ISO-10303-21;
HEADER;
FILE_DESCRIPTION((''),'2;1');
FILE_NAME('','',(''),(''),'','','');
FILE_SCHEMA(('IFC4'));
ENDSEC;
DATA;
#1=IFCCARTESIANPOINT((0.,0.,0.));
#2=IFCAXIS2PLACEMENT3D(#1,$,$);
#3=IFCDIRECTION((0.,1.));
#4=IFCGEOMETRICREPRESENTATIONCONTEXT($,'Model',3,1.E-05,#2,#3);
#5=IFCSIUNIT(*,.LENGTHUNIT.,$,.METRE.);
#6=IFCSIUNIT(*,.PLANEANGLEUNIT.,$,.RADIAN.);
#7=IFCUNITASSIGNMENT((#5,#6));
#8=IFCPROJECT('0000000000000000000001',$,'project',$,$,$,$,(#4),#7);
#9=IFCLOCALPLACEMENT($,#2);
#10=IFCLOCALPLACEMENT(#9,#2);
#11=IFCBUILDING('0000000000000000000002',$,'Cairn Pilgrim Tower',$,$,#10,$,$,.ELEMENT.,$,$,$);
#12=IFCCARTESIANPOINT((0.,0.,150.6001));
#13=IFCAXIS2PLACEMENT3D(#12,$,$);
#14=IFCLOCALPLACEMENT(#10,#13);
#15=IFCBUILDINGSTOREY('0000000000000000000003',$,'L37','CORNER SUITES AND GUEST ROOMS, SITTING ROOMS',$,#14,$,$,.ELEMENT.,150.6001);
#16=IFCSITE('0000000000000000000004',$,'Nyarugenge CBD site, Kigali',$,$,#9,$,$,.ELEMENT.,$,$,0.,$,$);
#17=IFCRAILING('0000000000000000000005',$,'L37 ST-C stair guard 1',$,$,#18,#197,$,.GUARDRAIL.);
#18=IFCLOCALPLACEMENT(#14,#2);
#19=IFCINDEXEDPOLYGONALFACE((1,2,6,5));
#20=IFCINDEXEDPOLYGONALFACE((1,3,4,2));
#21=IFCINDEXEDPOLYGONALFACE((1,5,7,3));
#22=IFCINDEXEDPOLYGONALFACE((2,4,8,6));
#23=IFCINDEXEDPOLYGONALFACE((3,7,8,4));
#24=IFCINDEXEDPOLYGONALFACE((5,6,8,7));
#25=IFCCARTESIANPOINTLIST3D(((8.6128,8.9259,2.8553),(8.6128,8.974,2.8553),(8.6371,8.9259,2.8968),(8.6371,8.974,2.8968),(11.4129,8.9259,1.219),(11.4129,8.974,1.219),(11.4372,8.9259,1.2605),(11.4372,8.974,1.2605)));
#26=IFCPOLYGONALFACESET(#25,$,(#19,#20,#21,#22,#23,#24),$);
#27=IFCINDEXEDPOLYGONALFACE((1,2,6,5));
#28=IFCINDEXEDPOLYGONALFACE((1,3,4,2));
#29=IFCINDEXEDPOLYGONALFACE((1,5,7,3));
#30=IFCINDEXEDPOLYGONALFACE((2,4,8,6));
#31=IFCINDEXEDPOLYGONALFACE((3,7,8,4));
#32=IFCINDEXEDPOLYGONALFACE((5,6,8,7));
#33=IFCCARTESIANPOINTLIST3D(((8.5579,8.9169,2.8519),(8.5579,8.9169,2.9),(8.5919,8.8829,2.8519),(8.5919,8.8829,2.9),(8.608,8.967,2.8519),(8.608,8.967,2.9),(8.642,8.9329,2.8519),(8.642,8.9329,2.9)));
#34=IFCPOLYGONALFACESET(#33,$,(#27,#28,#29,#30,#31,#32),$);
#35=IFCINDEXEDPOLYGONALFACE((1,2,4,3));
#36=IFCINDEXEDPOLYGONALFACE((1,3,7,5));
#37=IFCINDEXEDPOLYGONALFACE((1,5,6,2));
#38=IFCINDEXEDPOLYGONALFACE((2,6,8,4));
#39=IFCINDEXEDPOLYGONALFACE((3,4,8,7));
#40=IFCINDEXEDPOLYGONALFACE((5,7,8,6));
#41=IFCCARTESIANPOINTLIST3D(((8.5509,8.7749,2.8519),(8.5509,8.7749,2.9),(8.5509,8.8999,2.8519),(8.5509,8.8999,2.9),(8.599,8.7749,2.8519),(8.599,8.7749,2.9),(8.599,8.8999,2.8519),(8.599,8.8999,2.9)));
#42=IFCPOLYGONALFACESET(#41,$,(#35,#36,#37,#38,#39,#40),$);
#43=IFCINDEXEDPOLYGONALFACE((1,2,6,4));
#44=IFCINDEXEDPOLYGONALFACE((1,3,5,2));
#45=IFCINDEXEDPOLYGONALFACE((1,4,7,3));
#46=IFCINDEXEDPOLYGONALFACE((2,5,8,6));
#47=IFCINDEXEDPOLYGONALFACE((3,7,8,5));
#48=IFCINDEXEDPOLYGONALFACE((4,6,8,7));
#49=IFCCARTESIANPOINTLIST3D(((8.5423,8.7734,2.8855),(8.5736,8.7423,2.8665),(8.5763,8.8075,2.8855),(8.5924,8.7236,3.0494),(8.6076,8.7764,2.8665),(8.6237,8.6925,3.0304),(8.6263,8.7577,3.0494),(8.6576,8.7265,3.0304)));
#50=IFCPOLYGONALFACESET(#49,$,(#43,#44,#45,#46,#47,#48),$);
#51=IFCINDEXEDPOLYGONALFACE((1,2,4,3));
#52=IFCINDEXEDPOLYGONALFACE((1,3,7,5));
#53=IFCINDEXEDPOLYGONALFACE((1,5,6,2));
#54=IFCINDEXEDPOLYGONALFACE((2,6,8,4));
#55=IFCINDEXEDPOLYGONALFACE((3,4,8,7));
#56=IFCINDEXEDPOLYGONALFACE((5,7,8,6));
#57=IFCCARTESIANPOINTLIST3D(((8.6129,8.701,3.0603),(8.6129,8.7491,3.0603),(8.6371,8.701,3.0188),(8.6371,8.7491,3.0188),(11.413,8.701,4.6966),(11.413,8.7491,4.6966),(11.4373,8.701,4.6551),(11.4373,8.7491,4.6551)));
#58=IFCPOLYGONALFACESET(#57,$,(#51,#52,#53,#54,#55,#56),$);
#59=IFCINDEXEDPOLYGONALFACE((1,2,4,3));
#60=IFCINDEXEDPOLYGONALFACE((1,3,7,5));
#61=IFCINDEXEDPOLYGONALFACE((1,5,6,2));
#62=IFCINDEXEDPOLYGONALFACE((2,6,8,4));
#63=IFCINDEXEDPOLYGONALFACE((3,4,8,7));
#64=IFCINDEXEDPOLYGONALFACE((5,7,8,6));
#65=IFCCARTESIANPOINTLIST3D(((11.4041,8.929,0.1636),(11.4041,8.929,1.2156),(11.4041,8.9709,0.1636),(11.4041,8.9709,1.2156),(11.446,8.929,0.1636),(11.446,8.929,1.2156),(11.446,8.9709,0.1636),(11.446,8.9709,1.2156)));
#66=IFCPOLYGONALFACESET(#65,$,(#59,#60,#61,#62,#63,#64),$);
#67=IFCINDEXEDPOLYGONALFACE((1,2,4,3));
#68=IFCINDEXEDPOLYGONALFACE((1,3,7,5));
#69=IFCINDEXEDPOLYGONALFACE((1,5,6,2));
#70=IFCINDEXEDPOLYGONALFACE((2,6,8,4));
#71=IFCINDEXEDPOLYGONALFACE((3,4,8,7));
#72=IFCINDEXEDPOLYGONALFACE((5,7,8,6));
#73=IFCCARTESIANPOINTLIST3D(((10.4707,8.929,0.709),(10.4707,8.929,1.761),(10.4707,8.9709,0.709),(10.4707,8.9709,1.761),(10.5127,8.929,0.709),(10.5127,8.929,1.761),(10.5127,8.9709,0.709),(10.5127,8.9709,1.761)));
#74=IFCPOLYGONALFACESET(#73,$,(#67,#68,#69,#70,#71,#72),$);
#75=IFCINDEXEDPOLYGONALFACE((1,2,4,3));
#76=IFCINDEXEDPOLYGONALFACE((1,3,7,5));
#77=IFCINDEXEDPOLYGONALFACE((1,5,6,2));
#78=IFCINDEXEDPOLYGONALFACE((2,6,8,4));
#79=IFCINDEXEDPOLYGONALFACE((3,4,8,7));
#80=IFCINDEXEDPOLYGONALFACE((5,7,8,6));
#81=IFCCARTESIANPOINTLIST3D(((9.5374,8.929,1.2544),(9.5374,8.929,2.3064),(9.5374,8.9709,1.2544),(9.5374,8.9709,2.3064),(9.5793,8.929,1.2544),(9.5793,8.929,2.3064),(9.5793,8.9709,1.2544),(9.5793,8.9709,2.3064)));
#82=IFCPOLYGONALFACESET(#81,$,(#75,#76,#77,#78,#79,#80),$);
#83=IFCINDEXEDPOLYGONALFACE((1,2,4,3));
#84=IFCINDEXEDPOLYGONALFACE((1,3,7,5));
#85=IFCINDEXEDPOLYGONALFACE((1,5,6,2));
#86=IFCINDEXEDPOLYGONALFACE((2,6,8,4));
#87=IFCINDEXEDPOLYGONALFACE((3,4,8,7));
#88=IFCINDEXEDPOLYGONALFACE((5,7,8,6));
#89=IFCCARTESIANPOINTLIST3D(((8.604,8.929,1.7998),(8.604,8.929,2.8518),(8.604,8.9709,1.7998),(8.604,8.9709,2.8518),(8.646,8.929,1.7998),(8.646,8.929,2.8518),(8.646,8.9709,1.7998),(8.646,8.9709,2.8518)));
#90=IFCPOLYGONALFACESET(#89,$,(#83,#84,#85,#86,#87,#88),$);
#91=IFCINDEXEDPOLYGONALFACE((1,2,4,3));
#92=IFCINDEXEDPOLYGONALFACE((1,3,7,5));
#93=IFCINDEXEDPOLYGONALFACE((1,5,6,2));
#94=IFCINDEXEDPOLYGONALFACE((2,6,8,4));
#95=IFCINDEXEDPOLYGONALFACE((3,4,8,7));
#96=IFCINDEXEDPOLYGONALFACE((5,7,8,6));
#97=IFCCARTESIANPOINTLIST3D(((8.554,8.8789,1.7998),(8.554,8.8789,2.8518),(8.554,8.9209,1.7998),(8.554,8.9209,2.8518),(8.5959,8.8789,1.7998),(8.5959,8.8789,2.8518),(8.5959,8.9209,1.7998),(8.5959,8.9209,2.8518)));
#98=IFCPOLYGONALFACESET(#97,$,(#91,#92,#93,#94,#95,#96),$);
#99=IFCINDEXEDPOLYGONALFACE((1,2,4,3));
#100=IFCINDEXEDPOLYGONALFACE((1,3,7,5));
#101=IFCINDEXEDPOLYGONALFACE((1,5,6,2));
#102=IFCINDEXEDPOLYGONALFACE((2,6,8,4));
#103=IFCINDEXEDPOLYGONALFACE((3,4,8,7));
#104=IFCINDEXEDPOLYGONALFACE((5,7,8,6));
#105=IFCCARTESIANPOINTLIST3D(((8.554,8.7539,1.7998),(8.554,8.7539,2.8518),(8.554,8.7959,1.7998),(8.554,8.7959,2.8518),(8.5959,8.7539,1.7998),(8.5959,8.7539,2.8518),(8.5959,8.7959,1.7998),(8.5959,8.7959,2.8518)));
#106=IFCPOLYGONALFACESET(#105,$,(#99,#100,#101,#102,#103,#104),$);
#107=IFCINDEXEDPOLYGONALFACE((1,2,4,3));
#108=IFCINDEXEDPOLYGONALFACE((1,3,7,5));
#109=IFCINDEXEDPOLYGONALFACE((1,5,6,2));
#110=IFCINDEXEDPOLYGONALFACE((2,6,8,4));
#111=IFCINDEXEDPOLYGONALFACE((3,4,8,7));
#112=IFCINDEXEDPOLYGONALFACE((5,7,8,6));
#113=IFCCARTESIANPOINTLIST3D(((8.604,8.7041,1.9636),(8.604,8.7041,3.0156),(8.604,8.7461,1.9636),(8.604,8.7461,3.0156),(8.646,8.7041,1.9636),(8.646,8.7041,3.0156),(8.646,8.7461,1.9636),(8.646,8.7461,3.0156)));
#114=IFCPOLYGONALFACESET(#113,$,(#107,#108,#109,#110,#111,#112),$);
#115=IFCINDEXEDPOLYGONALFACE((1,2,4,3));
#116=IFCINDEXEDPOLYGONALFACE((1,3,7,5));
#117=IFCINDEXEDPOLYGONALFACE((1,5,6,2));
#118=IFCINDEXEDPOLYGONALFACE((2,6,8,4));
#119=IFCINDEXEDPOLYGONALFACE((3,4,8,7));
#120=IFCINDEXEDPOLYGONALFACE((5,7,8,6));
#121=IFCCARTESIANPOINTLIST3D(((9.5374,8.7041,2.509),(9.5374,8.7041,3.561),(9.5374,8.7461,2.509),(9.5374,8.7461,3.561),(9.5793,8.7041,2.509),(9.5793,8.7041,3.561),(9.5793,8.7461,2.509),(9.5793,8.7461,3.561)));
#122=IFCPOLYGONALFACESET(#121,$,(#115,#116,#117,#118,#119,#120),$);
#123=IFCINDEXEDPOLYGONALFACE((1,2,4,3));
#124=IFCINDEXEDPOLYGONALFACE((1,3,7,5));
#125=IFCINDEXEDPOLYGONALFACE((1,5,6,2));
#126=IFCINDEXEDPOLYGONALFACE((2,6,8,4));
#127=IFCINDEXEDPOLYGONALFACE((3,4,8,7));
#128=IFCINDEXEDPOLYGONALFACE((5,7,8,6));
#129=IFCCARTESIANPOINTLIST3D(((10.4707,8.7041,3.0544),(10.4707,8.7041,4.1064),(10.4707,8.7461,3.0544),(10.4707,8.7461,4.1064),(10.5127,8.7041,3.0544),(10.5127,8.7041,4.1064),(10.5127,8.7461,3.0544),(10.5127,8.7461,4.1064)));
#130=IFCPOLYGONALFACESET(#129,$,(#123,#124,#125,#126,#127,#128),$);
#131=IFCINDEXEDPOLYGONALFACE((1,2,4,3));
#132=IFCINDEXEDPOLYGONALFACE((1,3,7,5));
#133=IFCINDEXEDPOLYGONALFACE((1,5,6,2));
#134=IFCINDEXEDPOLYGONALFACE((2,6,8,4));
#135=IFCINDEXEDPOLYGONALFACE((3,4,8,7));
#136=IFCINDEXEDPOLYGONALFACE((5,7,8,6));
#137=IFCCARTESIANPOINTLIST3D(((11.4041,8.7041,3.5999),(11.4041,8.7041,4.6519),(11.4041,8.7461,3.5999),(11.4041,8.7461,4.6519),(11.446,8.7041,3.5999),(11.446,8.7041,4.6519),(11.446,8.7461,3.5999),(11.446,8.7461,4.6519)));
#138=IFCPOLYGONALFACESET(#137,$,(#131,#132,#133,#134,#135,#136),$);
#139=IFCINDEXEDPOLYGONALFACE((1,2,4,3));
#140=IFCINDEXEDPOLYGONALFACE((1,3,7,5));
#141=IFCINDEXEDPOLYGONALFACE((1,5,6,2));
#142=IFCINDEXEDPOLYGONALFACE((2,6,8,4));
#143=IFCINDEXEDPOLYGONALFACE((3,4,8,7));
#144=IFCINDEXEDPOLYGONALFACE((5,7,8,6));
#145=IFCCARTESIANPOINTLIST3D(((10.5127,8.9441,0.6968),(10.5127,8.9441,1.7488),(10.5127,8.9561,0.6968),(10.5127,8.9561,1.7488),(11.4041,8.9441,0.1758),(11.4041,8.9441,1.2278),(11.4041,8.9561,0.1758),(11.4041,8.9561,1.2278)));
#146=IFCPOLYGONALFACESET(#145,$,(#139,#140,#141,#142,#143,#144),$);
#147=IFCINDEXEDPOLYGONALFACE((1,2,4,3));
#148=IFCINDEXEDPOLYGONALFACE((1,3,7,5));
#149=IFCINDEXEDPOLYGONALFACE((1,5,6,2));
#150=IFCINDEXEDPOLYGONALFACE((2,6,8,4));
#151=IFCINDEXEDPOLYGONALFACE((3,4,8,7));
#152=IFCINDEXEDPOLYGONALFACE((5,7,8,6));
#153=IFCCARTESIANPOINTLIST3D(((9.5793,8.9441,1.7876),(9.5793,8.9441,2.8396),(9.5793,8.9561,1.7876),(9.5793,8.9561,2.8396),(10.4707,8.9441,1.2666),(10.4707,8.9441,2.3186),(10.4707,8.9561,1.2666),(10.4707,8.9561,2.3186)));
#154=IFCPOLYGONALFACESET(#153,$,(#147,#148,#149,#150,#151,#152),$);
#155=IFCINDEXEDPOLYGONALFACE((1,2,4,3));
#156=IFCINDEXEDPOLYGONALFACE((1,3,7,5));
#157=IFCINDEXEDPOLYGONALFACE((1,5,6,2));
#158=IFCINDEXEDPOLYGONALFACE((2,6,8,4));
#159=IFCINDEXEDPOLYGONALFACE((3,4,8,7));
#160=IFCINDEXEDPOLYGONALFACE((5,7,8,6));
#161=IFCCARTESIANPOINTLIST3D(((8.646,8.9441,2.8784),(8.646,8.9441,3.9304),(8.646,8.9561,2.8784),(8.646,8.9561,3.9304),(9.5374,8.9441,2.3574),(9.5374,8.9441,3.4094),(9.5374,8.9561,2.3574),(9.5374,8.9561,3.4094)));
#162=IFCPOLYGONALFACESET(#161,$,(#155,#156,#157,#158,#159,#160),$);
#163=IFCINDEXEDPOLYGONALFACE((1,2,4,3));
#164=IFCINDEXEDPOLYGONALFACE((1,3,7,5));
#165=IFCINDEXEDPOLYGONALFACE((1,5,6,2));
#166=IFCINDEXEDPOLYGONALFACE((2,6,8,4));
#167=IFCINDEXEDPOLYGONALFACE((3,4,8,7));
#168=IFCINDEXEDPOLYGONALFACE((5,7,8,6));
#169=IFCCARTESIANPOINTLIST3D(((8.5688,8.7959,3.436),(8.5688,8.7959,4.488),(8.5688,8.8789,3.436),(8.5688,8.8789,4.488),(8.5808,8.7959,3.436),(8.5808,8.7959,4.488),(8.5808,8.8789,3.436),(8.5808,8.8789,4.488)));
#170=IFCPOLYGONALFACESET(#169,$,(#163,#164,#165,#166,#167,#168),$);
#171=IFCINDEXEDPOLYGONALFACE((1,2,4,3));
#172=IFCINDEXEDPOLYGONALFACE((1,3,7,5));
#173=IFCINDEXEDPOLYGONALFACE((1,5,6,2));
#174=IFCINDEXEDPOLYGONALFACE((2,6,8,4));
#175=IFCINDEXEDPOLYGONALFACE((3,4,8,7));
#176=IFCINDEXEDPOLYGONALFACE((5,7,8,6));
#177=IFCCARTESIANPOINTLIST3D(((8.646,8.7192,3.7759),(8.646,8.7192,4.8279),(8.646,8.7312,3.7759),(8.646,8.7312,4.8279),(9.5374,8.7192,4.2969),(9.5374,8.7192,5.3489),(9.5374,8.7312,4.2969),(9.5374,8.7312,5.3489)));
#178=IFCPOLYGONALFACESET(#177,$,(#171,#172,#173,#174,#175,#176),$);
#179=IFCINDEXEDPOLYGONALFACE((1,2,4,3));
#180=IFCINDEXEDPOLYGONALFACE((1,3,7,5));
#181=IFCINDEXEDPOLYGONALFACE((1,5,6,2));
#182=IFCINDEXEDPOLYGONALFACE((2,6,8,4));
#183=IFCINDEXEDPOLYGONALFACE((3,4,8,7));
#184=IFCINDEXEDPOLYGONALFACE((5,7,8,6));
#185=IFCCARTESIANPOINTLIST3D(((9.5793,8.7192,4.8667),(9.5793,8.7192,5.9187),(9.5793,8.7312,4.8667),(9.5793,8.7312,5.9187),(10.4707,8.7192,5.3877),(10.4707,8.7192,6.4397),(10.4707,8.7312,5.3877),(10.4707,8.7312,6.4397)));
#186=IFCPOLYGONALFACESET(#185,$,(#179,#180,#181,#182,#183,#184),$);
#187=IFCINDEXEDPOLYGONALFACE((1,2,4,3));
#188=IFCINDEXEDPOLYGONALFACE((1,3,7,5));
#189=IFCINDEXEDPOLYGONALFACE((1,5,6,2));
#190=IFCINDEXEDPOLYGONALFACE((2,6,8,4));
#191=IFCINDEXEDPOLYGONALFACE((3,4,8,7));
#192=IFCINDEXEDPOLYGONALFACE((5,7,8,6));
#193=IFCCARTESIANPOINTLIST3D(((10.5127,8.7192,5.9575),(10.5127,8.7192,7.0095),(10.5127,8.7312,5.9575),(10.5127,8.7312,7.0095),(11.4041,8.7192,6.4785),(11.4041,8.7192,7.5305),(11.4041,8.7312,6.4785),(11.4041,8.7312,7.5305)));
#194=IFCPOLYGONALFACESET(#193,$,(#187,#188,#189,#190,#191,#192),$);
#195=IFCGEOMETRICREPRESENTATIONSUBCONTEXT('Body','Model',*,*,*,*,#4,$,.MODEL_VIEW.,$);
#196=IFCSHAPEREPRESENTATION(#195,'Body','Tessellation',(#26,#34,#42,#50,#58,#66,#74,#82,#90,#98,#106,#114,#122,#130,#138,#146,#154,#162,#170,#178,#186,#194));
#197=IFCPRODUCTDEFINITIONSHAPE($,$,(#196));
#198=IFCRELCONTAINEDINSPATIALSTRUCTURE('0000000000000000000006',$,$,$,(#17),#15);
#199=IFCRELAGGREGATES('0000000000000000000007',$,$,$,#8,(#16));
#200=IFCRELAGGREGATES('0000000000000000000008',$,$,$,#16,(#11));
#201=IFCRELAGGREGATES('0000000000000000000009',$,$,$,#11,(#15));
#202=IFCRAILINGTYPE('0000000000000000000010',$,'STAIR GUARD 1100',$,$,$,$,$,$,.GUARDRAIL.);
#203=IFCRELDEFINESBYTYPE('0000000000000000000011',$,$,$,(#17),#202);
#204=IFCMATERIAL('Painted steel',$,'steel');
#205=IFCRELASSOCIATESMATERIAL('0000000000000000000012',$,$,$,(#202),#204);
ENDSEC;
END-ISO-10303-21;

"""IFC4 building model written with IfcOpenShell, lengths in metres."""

from ifc_helpers import new_model, si_unit, direction, frame, origin, origin_2d, place, context, subcontext, project, spatial, polyline, rectangle, outline, extrude, material, type_object, element, save


model = new_model("IFC4")

# Units and contexts
model_context = context("Model", 3, precision=1e-05, world=origin(), true_north=direction((0.0, 1.0)))
body_context = subcontext(model_context, "Body", "Model", "MODEL_VIEW")
ifc_project = project(units=[si_unit("LENGTHUNIT", "METRE"), si_unit("PLANEANGLEUNIT", "RADIAN")], contexts=[model_context])

# Site, building, storey
site_placement = place(None, origin())
site = spatial("IfcSite", under=ifc_project, at=site_placement, Name="Nyarugenge CBD site, Kigali", CompositionType="ELEMENT", RefElevation=0.0)
building_placement = place(site_placement, origin())
building = spatial("IfcBuilding", under=site, at=building_placement, Name="Cairn Pilgrim Tower", CompositionType="ELEMENT")
storey_placement = place(building_placement, frame((0.0, 0.0, 150.6001)))
storey = spatial("IfcBuildingStorey", under=building, at=storey_placement, Name="L37", Description="CORNER SUITES AND GUEST ROOMS, SITTING ROOMS", CompositionType="ELEMENT", Elevation=150.6001)

# Shared definitions
ifc_material_1 = material(Name="Painted steel", Category="steel")

# Railing
railing_type_1 = type_object("IfcRailingType", Name="STAIR GUARD 1100", PredefinedType="GUARDRAIL", material=ifc_material_1)
railing_1_placement = place(storey_placement, frame((11.425, 8.95, 0.1636)))
element("IfcRailing", 1, at=railing_1_placement, inside=storey, type_object=railing_type_1, Name="L37 ST-C stair guard 1", PredefinedType="GUARDRAIL", context=body_context, shape_type="SweptSolid", body=[
    extrude(rectangle(XDim=0.0481, YDim=0.0481, at=origin_2d()), frame((0.0, 0.0, 1.0762), z_axis=(-0.863394, 0.0, 0.504531), x_axis=(0.0, -1.0, 0.0)), (0.0, 0.0, 1.0), 3.2432),
    extrude(rectangle(XDim=0.0481, YDim=0.0481, at=origin_2d()), frame((-2.8, 0.0, 2.7124), z_axis=(-0.707107, -0.707107, 0.0), x_axis=(0.707107, -0.707107, 0.0)), (0.0, 0.0, 1.0), 0.0708),
    extrude(rectangle(XDim=0.0481, YDim=0.0481, at=origin_2d()), frame((-2.8501, -0.05, 2.7124), z_axis=(0.0, -1.0, 0.0), x_axis=(1.0, 0.0, 0.0)), (0.0, 0.0, 1.0), 0.125),
    extrude(rectangle(XDim=0.0481, YDim=0.0481, at=origin_2d()), frame((-2.8501, -0.175, 2.7124), z_axis=(0.280564, -0.279195, 0.918332), x_axis=(0.705376, 0.708834, 0.0)), (0.0, 0.0, 1.0), 0.1785),
    extrude(rectangle(XDim=0.0481, YDim=0.0481, at=origin_2d()), frame((-2.8, -0.2249, 2.876), z_axis=(0.863394, 0.0, 0.504531), x_axis=(0.0, 1.0, 0.0)), (0.0, 0.0, 1.0), 3.2432),
    extrude(rectangle(XDim=0.042, YDim=0.042, at=origin_2d()), origin(), (0.0, 0.0, 1.0), 1.052),
    extrude(rectangle(XDim=0.042, YDim=0.042, at=origin_2d()), frame((-0.9333, 0.0, 0.5454)), (0.0, 0.0, 1.0), 1.052),
    extrude(rectangle(XDim=0.042, YDim=0.042, at=origin_2d()), frame((-1.8667, 0.0, 1.0908)), (0.0, 0.0, 1.0), 1.052),
    extrude(rectangle(XDim=0.042, YDim=0.042, at=origin_2d()), frame((-2.8, 0.0, 1.6362)), (0.0, 0.0, 1.0), 1.052),
    extrude(rectangle(XDim=0.042, YDim=0.042, at=origin_2d()), frame((-2.8501, -0.05, 1.6362)), (0.0, 0.0, 1.0), 1.052),
    extrude(rectangle(XDim=0.042, YDim=0.042, at=origin_2d()), frame((-2.8501, -0.175, 1.6362)), (0.0, 0.0, 1.0), 1.052),
    extrude(rectangle(XDim=0.042, YDim=0.042, at=origin_2d()), frame((-2.8, -0.2249, 1.8)), (0.0, 0.0, 1.0), 1.052),
    extrude(rectangle(XDim=0.042, YDim=0.042, at=origin_2d()), frame((-1.8667, -0.2249, 2.3455)), (0.0, 0.0, 1.0), 1.052),
    extrude(rectangle(XDim=0.042, YDim=0.042, at=origin_2d()), frame((-0.9333, -0.2249, 2.8909)), (0.0, 0.0, 1.0), 1.052),
    extrude(rectangle(XDim=0.042, YDim=0.042, at=origin_2d()), frame((0.0, -0.2249, 3.4363)), (0.0, 0.0, 1.0), 1.052),
    extrude(outline(polyline([(0.021, 0.0122), (0.9124, 0.5332), (0.9124, 1.5852), (0.021, 1.0642), (0.021, 0.0122)])), frame((0.0, -0.0059, 0.0), z_axis=(0.0, 1.0, 0.0), x_axis=(-1.0, 0.0, 0.0)), (0.0, 0.0, 1.0), 0.012),
    extrude(outline(polyline([(0.021, 0.5576), (0.9124, 1.0786), (0.9124, 2.1306), (0.021, 1.6096), (0.021, 0.5576)])), frame((-0.9333, -0.0059, 0.5454), z_axis=(0.0, 1.0, 0.0), x_axis=(-1.0, 0.0, 0.0)), (0.0, 0.0, 1.0), 0.012),
    extrude(outline(polyline([(0.021, 1.103), (0.9124, 1.624), (0.9124, 2.676), (0.021, 2.155), (0.021, 1.103)])), frame((-1.8667, -0.0059, 1.0908), z_axis=(0.0, 1.0, 0.0), x_axis=(-1.0, 0.0, 0.0)), (0.0, 0.0, 1.0), 0.012),
    extrude(outline(polyline([(0.021, 1.6362), (0.104, 1.6362), (0.104, 2.6882), (0.021, 2.6882), (0.021, 1.6362)])), frame((-2.8442, -0.05, 1.6362), z_axis=(-1.0, 0.0, 0.0), x_axis=(0.0, -1.0, 0.0)), (0.0, 0.0, 1.0), 0.012),
    extrude(outline(polyline([(0.021, 1.8123), (0.9124, 2.3333), (0.9124, 3.3853), (0.021, 2.8643), (0.021, 1.8123)])), frame((-2.8, -0.2188, 1.8), z_axis=(0.0, -1.0, 0.0), x_axis=(1.0, 0.0, 0.0)), (0.0, 0.0, 1.0), 0.012),
    extrude(outline(polyline([(0.021, 2.3577), (0.9124, 2.8787), (0.9124, 3.9307), (0.021, 3.4097), (0.021, 2.3577)])), frame((-1.8667, -0.2188, 2.3455), z_axis=(0.0, -1.0, 0.0), x_axis=(1.0, 0.0, 0.0)), (0.0, 0.0, 1.0), 0.012),
    extrude(outline(polyline([(0.021, 2.9031), (0.9124, 3.4241), (0.9124, 4.4761), (0.021, 3.9551), (0.021, 2.9031)])), frame((-0.9333, -0.2188, 2.8909), z_axis=(0.0, -1.0, 0.0), x_axis=(1.0, 0.0, 0.0)), (0.0, 0.0, 1.0), 0.012),
])

save(model, "model.ifc")
